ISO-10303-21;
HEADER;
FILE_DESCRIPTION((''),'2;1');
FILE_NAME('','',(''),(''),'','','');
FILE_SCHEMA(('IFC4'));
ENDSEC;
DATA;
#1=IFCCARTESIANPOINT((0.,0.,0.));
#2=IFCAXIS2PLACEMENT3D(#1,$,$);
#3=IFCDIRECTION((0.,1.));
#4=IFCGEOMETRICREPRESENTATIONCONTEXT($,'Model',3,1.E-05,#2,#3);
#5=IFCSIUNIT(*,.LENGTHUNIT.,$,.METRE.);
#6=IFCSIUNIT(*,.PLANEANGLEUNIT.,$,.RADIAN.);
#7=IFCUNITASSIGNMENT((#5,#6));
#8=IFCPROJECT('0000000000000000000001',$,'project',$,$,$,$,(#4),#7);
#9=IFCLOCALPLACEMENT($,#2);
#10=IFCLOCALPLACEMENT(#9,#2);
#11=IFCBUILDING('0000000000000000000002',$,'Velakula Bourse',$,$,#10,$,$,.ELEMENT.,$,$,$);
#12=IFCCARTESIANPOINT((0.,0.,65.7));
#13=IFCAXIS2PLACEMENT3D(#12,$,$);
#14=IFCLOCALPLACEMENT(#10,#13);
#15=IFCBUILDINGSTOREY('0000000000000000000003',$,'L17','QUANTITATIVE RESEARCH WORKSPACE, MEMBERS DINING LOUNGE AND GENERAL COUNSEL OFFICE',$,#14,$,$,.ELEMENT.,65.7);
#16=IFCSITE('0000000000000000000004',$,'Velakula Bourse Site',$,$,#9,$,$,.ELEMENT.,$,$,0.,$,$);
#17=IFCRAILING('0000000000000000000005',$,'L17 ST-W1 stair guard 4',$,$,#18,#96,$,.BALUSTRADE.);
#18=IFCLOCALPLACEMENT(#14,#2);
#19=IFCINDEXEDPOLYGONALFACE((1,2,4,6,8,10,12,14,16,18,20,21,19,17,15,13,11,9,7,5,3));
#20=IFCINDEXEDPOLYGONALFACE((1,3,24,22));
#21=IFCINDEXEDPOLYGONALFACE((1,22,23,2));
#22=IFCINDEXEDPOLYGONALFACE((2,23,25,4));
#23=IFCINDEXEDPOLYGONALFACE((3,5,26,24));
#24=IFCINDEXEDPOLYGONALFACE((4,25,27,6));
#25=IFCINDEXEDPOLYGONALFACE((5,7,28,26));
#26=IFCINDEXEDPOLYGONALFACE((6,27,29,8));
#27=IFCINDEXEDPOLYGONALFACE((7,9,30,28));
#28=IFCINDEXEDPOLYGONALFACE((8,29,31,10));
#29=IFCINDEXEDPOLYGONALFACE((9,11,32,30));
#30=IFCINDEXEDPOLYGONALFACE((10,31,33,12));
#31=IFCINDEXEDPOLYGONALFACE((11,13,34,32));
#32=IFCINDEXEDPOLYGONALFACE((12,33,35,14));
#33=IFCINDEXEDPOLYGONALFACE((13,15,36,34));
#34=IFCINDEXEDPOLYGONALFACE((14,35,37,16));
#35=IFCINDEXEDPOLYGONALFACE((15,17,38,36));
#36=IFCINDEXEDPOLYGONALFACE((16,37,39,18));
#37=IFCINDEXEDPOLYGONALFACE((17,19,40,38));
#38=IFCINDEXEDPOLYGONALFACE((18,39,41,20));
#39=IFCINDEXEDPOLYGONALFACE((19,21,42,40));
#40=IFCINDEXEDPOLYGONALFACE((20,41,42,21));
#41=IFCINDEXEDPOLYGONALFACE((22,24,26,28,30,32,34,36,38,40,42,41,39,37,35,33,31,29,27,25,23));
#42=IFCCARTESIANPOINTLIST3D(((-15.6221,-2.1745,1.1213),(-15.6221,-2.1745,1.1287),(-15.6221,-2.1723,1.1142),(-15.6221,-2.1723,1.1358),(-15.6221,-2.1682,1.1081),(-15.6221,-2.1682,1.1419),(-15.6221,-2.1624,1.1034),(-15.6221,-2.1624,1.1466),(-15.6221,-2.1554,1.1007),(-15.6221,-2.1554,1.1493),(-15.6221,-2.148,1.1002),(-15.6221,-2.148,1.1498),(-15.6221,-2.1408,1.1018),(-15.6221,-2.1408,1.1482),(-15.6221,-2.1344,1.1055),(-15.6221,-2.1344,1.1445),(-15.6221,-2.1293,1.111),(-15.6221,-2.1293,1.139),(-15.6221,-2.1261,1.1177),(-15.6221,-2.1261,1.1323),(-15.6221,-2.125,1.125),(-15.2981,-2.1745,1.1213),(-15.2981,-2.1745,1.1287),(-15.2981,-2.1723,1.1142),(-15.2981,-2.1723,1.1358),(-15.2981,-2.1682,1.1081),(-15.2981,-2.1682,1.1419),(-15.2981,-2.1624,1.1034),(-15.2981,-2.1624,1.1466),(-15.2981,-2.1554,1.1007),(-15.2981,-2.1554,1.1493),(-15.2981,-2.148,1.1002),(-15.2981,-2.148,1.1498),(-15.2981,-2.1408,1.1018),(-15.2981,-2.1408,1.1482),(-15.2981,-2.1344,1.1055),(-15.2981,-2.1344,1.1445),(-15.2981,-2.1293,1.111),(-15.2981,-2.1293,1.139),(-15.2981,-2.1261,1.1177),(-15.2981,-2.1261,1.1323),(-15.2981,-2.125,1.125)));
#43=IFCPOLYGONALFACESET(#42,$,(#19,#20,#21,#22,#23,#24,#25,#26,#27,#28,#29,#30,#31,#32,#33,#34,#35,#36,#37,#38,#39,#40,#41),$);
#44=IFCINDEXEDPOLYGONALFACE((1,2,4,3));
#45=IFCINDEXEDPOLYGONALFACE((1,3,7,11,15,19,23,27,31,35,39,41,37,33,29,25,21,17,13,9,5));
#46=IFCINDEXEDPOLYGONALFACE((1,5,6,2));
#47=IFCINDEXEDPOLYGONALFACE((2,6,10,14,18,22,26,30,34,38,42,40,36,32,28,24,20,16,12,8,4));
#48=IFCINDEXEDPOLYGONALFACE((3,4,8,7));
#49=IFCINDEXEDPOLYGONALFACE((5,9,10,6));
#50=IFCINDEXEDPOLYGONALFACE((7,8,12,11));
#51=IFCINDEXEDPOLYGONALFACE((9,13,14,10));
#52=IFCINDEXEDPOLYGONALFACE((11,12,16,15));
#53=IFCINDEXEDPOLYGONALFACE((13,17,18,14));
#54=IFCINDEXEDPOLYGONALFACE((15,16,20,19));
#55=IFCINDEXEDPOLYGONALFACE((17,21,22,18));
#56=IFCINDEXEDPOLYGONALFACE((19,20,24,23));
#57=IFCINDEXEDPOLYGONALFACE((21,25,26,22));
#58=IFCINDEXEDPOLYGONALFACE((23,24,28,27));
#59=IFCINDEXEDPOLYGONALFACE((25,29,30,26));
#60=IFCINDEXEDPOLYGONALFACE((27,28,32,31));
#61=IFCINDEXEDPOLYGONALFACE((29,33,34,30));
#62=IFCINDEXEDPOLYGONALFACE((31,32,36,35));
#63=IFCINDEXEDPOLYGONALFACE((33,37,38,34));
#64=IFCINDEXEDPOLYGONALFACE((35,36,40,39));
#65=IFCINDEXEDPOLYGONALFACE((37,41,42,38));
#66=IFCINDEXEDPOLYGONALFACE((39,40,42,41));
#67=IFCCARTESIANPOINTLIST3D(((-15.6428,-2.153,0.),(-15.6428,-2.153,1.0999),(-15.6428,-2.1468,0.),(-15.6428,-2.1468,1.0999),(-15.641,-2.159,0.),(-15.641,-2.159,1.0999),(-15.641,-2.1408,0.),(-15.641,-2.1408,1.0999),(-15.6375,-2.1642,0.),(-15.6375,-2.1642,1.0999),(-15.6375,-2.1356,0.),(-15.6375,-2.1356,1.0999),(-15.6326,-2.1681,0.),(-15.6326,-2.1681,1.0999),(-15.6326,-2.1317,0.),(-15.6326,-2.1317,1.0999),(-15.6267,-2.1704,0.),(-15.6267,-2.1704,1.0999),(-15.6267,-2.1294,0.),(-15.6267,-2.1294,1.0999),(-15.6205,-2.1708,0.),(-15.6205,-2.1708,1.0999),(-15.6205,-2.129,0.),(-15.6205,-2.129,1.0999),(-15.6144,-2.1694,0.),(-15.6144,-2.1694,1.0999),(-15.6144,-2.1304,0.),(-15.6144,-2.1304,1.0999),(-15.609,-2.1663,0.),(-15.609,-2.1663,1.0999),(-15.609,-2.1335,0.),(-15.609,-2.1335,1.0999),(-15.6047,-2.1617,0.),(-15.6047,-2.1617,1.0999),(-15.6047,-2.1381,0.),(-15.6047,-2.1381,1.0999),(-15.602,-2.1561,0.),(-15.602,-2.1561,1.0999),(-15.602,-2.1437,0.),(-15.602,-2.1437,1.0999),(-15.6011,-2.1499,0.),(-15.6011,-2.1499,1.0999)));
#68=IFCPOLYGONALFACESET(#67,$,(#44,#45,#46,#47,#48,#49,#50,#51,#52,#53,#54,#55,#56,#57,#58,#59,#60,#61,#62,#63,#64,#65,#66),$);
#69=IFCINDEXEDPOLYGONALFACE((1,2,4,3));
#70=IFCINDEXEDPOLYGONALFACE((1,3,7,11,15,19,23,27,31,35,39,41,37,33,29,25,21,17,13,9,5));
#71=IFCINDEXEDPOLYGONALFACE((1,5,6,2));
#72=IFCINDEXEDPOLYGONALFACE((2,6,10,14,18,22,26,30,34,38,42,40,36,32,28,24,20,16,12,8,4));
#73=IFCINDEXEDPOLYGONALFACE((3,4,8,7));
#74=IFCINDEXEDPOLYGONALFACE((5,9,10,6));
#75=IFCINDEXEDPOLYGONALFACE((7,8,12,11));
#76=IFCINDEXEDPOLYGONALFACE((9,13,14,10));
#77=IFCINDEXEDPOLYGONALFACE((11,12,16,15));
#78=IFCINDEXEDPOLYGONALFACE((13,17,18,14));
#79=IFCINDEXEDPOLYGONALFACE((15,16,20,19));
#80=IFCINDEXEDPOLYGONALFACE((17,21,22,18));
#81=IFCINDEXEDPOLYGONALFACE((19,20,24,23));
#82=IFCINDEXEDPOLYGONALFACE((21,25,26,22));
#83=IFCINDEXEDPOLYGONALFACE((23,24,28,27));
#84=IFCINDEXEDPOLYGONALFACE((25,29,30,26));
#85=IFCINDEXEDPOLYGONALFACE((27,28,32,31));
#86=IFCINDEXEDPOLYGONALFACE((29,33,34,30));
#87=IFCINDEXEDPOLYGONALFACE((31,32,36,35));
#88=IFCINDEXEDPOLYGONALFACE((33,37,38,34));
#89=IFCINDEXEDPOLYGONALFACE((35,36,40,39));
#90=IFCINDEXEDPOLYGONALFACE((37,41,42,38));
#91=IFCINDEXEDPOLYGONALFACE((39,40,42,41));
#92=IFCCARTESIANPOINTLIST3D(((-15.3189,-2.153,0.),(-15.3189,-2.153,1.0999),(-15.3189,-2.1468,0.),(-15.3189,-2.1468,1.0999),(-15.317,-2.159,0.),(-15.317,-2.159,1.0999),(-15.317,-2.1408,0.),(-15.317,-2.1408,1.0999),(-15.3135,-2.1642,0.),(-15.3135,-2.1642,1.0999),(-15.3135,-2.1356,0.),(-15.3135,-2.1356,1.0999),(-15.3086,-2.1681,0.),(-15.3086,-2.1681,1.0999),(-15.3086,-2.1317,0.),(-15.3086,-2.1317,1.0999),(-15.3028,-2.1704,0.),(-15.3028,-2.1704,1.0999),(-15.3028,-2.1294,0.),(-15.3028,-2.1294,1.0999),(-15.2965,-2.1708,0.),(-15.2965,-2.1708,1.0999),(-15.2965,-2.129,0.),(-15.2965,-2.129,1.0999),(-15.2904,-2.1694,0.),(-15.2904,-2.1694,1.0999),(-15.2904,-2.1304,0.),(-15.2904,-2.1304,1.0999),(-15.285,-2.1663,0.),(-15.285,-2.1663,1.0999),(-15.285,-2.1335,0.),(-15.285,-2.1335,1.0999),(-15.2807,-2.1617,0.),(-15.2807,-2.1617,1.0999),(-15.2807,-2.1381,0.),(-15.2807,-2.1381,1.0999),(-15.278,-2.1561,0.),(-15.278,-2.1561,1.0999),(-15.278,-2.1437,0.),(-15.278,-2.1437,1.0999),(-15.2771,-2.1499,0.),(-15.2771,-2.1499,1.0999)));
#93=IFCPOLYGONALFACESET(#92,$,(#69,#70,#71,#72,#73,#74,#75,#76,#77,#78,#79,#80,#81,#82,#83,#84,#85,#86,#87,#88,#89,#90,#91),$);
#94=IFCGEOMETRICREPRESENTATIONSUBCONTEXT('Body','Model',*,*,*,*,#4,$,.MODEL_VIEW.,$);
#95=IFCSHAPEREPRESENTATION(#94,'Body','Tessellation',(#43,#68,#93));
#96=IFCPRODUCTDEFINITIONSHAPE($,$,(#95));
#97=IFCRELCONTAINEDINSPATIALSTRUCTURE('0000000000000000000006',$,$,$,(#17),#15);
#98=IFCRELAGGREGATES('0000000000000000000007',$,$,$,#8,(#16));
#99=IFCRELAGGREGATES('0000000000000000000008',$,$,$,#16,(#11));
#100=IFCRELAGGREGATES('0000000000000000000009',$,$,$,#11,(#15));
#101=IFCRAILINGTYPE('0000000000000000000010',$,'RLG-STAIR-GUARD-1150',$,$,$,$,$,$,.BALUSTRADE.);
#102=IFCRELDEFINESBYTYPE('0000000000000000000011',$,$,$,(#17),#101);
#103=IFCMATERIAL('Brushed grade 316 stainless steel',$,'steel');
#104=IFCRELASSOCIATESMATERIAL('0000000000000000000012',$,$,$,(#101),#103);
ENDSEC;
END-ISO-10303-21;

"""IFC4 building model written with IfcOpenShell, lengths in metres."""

from ifc_helpers import new_model, si_unit, direction, frame, origin, origin_2d, place, context, subcontext, project, spatial, circle, extrude, material, type_object, element, save


model = new_model("IFC4")

# Units and contexts
model_context = context("Model", 3, precision=1e-05, world=origin(), true_north=direction((0.0, 1.0)))
body_context = subcontext(model_context, "Body", "Model", "MODEL_VIEW")
ifc_project = project(units=[si_unit("LENGTHUNIT", "METRE"), si_unit("PLANEANGLEUNIT", "RADIAN")], contexts=[model_context])

# Site, building, storey
site_placement = place(None, origin())
site = spatial("IfcSite", under=ifc_project, at=site_placement, Name="Velakula Bourse Site", CompositionType="ELEMENT", RefElevation=0.0)
building_placement = place(site_placement, origin())
building = spatial("IfcBuilding", under=site, at=building_placement, Name="Velakula Bourse", CompositionType="ELEMENT")
storey_placement = place(building_placement, frame((0.0, 0.0, 65.7)))
storey = spatial("IfcBuildingStorey", under=building, at=storey_placement, Name="L17", Description="QUANTITATIVE RESEARCH WORKSPACE, MEMBERS DINING LOUNGE AND GENERAL COUNSEL OFFICE", CompositionType="ELEMENT", Elevation=65.7)

# Shared definitions
ifc_material_1 = material(Name="Brushed grade 316 stainless steel", Category="steel")

# Railing
railing_type_1 = type_object("IfcRailingType", Name="RLG-STAIR-GUARD-1150", PredefinedType="BALUSTRADE", material=ifc_material_1)
railing_1_placement = place(storey_placement, frame((-15.6221, -2.1499, 0.0)))
element("IfcRailing", 1, at=railing_1_placement, inside=storey, type_object=railing_type_1, Name="L17 ST-W1 stair guard 4", PredefinedType="BALUSTRADE", context=body_context, shape_type="SweptSolid", body=[
    extrude(circle(Radius=0.0249, at=origin_2d()), frame((0.0, 0.0, 1.125), z_axis=(1.0, 0.0, 0.0), x_axis=(0.0, 1.0, 0.0)), (0.0, 0.0, 1.0), 0.324),
    extrude(circle(Radius=0.021, at=origin_2d()), origin(), (0.0, 0.0, 1.0), 1.0999),
    extrude(circle(Radius=0.021, at=origin_2d()), frame((0.324, 0.0, 0.0)), (0.0, 0.0, 1.0), 1.0999),
])

save(model, "model.ifc")
